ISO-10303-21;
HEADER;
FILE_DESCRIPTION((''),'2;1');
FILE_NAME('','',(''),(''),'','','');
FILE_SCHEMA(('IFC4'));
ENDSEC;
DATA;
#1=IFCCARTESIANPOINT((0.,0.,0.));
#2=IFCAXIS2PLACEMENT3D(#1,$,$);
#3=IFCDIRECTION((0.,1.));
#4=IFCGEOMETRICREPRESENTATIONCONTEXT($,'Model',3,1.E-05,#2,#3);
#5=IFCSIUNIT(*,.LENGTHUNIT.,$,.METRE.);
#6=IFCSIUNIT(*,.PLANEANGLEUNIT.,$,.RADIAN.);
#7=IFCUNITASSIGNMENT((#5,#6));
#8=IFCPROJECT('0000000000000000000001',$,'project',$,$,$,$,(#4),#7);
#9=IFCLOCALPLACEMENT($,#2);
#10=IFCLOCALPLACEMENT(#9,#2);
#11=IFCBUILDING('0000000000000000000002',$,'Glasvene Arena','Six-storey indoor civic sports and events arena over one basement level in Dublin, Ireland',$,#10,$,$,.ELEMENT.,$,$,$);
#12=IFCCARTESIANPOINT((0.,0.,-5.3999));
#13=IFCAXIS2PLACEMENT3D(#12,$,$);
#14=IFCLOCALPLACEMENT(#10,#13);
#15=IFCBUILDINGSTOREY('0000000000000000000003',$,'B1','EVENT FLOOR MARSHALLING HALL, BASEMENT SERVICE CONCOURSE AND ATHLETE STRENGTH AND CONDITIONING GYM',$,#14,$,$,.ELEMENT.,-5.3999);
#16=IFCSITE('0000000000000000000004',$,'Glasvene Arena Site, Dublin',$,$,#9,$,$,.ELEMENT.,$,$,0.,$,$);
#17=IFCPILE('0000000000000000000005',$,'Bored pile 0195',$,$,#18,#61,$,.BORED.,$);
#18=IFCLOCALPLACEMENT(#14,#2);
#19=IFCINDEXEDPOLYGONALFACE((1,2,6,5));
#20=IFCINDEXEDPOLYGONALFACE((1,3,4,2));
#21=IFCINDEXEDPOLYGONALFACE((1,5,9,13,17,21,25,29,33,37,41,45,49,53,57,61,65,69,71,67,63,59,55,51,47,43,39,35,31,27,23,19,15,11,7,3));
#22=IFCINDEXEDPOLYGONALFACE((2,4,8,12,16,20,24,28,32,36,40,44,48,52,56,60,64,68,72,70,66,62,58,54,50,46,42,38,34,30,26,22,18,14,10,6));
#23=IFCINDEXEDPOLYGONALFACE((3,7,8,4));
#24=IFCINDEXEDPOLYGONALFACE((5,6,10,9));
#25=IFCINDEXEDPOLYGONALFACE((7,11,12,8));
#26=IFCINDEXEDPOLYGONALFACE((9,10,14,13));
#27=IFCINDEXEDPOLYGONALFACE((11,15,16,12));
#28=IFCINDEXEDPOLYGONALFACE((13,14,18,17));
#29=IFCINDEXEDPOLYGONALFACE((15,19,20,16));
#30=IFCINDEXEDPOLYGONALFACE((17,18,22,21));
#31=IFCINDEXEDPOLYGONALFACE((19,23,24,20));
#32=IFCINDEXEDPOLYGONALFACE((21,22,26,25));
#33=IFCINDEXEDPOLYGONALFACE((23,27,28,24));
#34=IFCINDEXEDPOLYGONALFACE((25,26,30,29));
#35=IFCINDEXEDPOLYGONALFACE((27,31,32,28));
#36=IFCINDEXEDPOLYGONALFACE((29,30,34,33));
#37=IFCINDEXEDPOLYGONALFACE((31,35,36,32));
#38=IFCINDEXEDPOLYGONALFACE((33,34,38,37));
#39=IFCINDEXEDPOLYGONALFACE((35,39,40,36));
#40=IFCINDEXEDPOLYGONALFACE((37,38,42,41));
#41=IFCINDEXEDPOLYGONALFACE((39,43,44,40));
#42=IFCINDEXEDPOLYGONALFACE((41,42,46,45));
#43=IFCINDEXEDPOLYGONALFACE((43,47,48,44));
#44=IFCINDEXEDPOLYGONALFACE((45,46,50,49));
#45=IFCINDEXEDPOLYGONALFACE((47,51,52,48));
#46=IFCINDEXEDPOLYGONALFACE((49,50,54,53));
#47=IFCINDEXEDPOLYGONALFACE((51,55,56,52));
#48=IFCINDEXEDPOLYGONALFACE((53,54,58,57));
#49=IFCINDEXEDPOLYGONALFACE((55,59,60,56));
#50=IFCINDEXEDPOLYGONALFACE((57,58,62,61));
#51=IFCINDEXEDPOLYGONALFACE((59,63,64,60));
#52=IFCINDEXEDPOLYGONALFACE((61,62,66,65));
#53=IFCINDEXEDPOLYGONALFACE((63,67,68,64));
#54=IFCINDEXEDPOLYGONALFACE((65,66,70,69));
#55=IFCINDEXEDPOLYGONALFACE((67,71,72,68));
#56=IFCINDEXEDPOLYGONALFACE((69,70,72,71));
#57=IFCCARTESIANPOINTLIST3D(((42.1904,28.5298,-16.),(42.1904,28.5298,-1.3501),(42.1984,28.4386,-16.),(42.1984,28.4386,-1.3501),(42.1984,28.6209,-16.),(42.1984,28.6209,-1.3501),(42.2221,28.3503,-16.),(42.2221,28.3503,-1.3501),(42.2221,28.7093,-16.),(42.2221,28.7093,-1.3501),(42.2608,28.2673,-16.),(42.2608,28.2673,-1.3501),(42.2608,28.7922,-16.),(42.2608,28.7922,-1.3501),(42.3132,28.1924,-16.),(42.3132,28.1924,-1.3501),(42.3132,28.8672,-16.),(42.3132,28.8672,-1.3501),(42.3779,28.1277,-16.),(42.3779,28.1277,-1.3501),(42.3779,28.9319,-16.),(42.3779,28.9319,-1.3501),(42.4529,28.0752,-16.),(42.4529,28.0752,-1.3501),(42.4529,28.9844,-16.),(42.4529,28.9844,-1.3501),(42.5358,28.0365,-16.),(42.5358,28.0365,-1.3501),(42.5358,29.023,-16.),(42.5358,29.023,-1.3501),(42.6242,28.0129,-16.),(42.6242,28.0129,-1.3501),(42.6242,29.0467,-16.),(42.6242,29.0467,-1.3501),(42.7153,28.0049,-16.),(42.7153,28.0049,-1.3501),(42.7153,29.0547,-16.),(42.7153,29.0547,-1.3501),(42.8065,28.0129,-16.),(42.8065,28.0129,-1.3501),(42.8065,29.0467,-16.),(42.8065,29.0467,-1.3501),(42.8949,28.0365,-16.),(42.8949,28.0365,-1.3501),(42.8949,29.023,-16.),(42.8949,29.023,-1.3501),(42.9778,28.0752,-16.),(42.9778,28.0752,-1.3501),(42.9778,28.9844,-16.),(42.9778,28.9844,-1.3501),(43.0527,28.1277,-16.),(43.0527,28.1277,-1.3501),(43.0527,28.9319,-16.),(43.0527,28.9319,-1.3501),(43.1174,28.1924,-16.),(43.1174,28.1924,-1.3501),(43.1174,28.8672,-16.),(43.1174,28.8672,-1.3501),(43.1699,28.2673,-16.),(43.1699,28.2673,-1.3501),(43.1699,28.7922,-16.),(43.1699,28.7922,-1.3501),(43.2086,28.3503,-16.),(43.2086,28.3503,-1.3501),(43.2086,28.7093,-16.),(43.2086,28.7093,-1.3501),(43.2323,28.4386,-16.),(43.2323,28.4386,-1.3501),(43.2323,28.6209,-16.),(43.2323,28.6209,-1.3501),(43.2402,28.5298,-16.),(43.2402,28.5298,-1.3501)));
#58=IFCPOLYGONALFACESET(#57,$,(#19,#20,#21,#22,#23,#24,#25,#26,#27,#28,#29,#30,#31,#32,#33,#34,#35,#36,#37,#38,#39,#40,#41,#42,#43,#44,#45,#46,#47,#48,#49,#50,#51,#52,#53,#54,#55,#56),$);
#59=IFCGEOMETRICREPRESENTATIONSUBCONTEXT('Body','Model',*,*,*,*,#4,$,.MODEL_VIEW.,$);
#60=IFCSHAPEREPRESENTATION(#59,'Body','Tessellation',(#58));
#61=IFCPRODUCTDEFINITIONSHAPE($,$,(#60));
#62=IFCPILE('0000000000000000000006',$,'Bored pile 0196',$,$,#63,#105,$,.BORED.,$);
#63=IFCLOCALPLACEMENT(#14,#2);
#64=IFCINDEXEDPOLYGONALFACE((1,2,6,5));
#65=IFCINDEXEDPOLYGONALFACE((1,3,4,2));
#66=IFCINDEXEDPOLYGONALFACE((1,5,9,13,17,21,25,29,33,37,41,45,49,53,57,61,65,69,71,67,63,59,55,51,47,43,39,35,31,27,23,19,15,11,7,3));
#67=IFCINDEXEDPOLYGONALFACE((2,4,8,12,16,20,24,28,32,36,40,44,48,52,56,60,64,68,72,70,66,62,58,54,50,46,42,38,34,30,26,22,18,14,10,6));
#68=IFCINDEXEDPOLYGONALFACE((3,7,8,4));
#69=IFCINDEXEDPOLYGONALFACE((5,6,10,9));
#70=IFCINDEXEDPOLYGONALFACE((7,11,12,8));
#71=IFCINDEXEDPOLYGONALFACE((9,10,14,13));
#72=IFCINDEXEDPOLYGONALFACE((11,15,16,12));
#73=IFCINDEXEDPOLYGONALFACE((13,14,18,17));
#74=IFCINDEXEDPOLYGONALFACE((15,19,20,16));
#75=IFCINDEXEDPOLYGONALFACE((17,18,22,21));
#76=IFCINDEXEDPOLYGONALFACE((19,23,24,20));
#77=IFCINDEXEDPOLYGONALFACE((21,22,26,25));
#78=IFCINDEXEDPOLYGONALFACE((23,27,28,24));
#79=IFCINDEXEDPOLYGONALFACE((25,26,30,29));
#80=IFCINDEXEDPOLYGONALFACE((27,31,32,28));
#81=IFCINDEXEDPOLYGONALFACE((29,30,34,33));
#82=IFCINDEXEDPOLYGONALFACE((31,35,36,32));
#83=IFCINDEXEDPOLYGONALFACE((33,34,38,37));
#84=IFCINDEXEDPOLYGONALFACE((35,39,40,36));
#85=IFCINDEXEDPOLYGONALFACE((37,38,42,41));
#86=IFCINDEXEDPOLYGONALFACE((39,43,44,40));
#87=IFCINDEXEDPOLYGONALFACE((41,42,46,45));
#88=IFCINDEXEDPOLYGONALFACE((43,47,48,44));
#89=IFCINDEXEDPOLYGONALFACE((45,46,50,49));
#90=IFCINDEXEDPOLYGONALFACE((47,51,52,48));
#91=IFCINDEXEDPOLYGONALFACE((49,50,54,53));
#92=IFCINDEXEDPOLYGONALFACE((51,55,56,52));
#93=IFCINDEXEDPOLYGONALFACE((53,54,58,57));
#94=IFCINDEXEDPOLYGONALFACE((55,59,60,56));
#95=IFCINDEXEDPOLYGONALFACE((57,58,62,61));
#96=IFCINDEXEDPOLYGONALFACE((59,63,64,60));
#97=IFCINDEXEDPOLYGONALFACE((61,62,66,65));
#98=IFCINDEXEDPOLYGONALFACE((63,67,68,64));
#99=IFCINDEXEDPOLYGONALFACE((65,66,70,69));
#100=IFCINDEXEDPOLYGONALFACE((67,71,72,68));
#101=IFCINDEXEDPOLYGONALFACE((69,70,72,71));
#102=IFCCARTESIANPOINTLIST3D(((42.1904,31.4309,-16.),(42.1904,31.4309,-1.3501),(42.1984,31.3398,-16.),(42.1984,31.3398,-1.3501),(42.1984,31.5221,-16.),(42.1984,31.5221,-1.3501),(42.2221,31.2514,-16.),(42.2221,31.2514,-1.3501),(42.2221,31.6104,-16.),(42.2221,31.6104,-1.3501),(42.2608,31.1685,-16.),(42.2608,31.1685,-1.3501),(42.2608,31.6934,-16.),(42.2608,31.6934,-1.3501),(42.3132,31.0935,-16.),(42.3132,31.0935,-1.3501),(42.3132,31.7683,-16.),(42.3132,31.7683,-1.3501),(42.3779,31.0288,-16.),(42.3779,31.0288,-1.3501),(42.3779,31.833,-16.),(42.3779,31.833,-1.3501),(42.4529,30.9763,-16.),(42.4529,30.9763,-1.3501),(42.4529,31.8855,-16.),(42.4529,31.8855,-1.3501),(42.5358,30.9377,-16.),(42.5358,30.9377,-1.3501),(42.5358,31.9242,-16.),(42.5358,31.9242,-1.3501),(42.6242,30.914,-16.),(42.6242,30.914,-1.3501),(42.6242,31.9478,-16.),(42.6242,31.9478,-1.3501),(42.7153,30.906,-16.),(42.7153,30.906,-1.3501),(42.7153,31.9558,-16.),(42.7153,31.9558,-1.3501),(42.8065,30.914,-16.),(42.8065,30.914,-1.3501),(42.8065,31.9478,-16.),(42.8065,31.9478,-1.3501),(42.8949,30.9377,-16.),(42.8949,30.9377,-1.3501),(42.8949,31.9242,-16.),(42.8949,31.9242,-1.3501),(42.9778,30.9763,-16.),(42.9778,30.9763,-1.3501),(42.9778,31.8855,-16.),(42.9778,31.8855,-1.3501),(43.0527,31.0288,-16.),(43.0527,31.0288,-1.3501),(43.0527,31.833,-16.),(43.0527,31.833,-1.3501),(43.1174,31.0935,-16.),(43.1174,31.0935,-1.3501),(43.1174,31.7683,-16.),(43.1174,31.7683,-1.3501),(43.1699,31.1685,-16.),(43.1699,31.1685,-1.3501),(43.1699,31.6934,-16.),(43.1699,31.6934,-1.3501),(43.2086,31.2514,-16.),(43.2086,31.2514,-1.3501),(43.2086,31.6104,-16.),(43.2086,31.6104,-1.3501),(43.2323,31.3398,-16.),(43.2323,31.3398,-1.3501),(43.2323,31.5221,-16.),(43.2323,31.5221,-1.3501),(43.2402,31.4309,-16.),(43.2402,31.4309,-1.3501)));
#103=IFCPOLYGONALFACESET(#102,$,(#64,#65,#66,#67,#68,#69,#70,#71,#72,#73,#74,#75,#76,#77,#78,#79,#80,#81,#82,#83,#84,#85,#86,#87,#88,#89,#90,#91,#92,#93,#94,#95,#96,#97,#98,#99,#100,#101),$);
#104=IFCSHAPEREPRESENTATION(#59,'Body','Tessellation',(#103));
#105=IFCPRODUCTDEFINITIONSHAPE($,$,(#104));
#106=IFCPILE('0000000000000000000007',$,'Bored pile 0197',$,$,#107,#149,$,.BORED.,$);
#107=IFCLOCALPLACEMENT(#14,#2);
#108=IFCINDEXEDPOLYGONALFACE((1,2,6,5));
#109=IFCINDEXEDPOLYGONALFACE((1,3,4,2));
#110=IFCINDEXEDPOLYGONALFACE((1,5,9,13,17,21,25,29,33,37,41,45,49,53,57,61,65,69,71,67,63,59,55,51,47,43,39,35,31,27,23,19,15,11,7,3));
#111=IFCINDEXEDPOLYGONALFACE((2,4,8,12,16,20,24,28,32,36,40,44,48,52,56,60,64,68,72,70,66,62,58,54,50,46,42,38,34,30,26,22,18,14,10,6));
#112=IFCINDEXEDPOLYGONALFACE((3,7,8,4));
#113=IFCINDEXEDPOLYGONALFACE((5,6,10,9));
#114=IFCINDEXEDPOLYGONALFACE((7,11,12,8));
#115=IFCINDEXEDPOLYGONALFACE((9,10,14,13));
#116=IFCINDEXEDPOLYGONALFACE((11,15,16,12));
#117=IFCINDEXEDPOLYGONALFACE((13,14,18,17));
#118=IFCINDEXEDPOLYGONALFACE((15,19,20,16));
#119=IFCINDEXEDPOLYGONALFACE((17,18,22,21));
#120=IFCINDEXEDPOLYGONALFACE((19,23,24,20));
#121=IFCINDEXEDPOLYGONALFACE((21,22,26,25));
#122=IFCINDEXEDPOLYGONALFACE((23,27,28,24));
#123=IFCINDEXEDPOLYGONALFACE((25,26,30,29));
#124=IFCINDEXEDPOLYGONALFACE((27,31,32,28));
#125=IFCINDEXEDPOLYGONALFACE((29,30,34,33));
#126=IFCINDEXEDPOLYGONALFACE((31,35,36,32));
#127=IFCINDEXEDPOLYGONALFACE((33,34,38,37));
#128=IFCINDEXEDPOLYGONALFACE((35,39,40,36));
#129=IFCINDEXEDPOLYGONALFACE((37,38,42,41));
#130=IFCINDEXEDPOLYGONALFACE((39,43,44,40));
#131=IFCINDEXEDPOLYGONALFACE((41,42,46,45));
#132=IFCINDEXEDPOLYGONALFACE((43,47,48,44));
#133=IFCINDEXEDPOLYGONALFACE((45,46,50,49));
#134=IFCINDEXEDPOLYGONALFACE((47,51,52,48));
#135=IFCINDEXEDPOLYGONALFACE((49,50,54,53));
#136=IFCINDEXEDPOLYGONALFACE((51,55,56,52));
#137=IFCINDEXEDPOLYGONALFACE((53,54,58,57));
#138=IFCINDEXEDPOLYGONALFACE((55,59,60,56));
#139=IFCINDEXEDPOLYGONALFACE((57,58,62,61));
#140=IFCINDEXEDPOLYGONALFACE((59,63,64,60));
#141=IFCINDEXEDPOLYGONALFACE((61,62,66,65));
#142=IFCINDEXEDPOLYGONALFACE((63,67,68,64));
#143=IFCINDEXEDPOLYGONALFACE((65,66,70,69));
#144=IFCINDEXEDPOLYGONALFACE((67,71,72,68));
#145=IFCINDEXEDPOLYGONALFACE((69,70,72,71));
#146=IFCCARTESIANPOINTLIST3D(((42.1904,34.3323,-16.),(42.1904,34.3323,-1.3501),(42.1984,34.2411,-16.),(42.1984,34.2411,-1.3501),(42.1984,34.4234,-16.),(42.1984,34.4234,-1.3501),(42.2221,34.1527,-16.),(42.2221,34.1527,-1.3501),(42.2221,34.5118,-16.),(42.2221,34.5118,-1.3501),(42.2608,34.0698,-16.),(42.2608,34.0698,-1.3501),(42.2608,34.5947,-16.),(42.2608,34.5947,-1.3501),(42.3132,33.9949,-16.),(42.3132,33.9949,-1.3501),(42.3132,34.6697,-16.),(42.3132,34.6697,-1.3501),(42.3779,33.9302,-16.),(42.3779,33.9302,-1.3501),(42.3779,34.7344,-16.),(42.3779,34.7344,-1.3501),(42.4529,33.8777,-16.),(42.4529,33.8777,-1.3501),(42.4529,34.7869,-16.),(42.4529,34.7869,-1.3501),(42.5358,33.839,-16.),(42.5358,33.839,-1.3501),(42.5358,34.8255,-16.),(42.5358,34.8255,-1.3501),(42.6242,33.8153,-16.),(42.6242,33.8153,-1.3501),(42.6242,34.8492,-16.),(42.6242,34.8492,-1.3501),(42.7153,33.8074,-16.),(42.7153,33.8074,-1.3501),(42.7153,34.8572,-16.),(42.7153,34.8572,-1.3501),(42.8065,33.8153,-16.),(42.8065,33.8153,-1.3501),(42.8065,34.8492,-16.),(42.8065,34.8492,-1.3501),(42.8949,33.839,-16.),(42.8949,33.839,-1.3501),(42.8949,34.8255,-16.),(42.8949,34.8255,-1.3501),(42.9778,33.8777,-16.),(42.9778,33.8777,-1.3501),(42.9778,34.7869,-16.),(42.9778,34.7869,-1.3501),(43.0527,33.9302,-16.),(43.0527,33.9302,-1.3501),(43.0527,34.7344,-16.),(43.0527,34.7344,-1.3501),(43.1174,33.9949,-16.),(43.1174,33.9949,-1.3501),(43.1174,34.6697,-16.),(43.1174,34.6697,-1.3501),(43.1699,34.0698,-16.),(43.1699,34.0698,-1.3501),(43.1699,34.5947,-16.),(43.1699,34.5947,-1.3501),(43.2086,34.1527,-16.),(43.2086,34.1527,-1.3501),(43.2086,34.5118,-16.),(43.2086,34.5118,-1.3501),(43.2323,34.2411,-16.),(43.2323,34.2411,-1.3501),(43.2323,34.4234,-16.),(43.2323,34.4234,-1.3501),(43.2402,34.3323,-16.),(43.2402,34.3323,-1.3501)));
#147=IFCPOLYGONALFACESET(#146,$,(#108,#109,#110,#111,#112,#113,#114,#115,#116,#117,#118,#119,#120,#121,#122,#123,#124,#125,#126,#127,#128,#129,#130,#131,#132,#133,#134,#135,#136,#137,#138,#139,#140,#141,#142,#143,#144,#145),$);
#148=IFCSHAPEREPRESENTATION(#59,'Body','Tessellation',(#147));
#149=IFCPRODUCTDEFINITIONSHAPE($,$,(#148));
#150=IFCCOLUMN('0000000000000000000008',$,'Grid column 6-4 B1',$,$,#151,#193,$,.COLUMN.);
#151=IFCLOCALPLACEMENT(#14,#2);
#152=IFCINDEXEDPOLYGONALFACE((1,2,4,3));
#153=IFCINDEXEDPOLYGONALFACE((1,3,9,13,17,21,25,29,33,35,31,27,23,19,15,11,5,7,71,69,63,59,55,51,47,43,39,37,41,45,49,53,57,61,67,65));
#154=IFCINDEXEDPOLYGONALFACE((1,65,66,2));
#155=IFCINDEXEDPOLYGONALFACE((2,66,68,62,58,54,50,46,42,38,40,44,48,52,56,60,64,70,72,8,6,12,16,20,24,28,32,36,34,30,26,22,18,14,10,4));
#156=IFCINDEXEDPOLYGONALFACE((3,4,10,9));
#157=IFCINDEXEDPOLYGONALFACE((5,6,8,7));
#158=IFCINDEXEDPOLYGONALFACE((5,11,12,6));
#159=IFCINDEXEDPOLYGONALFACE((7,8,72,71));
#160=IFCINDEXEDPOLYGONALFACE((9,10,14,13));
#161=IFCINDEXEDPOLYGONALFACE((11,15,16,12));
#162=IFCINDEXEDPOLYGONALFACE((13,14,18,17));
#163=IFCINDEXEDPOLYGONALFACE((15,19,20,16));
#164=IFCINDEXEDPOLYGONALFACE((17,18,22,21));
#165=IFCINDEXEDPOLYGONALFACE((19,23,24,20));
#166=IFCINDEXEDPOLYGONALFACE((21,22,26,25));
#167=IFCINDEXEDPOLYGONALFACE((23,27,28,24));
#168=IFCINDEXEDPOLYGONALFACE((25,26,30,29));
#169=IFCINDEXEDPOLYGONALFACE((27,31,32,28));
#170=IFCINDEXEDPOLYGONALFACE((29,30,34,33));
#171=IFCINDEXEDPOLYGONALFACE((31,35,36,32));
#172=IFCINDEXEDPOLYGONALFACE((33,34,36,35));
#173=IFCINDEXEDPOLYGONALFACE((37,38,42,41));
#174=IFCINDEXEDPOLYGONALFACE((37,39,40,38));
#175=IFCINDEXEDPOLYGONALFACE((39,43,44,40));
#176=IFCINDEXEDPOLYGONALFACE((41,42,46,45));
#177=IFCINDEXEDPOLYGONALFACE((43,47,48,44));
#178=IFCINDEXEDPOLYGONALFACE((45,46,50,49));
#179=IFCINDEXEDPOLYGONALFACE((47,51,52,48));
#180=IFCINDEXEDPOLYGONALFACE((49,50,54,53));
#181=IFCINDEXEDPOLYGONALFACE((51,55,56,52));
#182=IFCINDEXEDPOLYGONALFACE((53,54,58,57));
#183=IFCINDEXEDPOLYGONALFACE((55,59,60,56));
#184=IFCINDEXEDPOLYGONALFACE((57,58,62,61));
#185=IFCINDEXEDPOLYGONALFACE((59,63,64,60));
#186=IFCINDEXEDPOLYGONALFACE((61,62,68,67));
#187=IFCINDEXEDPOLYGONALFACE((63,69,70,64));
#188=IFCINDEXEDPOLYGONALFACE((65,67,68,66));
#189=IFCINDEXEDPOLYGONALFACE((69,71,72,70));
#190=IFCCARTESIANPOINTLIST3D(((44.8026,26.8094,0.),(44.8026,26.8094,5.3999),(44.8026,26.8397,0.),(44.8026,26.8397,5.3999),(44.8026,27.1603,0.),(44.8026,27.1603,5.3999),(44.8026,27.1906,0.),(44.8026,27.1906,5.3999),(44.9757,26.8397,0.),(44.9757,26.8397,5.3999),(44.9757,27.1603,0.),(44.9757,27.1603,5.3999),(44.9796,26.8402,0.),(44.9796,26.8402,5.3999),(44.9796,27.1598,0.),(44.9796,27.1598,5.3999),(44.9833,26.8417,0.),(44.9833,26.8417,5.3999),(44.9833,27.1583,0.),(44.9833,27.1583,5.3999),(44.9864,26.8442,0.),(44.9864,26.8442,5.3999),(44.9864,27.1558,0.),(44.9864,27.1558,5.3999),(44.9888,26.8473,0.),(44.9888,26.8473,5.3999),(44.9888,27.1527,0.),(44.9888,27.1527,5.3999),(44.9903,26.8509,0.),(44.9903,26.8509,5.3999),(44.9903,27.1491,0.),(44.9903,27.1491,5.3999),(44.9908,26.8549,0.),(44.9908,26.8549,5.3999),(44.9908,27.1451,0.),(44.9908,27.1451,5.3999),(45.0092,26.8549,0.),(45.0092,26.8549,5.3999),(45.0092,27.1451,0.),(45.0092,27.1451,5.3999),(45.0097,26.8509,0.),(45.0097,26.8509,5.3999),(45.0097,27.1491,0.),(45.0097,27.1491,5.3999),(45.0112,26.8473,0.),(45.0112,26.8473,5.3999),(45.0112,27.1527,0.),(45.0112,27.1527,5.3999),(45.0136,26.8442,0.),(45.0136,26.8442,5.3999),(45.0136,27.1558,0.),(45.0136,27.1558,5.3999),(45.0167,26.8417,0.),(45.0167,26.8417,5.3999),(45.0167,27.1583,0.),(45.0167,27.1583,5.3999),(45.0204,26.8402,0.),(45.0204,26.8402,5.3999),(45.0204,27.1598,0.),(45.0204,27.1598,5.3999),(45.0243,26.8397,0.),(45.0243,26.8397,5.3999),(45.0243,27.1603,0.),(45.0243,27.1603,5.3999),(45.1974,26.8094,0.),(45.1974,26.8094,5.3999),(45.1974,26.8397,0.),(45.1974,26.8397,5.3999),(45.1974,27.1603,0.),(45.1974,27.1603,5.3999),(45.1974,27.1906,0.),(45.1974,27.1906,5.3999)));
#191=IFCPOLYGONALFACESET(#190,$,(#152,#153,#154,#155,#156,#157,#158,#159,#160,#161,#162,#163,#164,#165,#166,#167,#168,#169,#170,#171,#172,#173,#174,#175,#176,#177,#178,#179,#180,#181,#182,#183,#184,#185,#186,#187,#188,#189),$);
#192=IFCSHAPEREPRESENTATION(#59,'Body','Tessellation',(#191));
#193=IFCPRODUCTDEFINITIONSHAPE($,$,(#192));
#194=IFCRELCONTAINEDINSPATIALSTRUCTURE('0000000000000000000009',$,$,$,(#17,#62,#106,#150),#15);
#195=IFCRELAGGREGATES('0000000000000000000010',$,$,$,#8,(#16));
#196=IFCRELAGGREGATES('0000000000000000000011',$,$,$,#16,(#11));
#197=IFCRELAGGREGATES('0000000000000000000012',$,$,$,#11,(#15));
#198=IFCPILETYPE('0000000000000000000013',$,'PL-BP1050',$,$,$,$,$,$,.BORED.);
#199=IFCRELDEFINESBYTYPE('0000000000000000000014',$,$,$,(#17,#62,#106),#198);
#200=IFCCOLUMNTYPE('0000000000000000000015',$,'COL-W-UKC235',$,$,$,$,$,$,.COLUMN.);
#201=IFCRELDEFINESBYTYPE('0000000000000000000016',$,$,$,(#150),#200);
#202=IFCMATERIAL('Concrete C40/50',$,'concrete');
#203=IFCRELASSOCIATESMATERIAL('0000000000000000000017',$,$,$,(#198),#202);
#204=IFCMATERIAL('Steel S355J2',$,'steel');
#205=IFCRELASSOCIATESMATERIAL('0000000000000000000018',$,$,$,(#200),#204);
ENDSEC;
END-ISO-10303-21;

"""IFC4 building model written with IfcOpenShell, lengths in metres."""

from ifc_helpers import new_model, si_unit, direction, frame, origin, origin_2d, place, context, subcontext, project, spatial, circle, i_section, extrude, material, material_profile, profile_set, type_object, element, save


model = new_model("IFC4")

# Units and contexts
model_context = context("Model", 3, precision=1e-05, world=origin(), true_north=direction((0.0, 1.0)))
body_context = subcontext(model_context, "Body", "Model", "MODEL_VIEW")
ifc_project = project(units=[si_unit("LENGTHUNIT", "METRE"), si_unit("PLANEANGLEUNIT", "RADIAN")], contexts=[model_context])

# Site, building, storey
site_placement = place(None, origin())
site = spatial("IfcSite", under=ifc_project, at=site_placement, Name="Glasvene Arena Site, Dublin", CompositionType="ELEMENT", RefElevation=0.0)
building_placement = place(site_placement, origin())
building = spatial("IfcBuilding", under=site, at=building_placement, Name="Glasvene Arena", Description="Six-storey indoor civic sports and events arena over one basement level in Dublin, Ireland", CompositionType="ELEMENT")
storey_placement = place(building_placement, frame((0.0, 0.0, -5.3999)))
storey = spatial("IfcBuildingStorey", under=building, at=storey_placement, Name="B1", Description="EVENT FLOOR MARSHALLING HALL, BASEMENT SERVICE CONCOURSE AND ATHLETE STRENGTH AND CONDITIONING GYM", CompositionType="ELEMENT", Elevation=-5.3999)

# Piles
ifc_material_1 = material(Name="Concrete C40/50", Category="concrete")
ifc_material_profile_1 = material_profile(ifc_material_1, circle(Radius=0.5249, at=origin_2d()), Name="BORED PILE 1050")
ifc_profile_set_1 = profile_set([ifc_material_profile_1], Name="Concrete C40/50")
pile_type = type_object("IfcPileType", Name="PL-BP1050", PredefinedType="BORED", material=ifc_profile_set_1)
for number, where, z_axis, x_axis, name in (
    (1, (42.7153, 28.5298, -1.3501), (0.0, 0.0, -1.0), (1.0, 0.0, 0.0), "Bored pile 0195"),
    (2, (42.7153, 31.4309, -1.3501), (0.0, 0.0, -1.0), (1.0, 0.0, 0.0), "Bored pile 0196"),
    (3, (42.7153, 34.3323, -1.3501), (0.0, 0.0, -1.0), (1.0, 0.0, 0.0), "Bored pile 0197"),
):
    element("IfcPile", number, at=place(storey_placement, frame(where, z_axis=z_axis, x_axis=x_axis)), inside=storey, type_object=pile_type, Name=name, PredefinedType="BORED", context=body_context, shape_type="SweptSolid", body=[
        extrude(circle(Radius=0.5249, at=origin_2d()), origin(), (0.0, 0.0, 1.0), 14.6499),
    ])

# Column
ifc_material_2 = material(Name="Steel S355J2", Category="steel")
ifc_material_profile_2 = material_profile(ifc_material_2, i_section(OverallWidth=0.3948, OverallDepth=0.3811, WebThickness=0.0183, FlangeThickness=0.0303, FilletRadius=0.0151, at=origin_2d()), Name="UKC 356x406x235")
ifc_profile_set_2 = profile_set([ifc_material_profile_2], Name="Steel S355J2")
column_type = type_object("IfcColumnType", Name="COL-W-UKC235", PredefinedType="COLUMN", material=ifc_profile_set_2)
column_placement = place(storey_placement, frame((45.0, 27.0, 0.0), z_axis=(0.0, 0.0, 1.0), x_axis=(1.0, 0.0, 0.0)))
element("IfcColumn", 4, at=column_placement, inside=storey, type_object=column_type, Name="Grid column 6-4 B1", PredefinedType="COLUMN", context=body_context, shape_type="SweptSolid", body=[
    extrude(i_section(OverallWidth=0.3948, OverallDepth=0.3811, WebThickness=0.0183, FlangeThickness=0.0303, FilletRadius=0.0151, at=origin_2d()), origin(), (0.0, 0.0, 1.0), 5.3999),
])

save(model, "model.ifc")
